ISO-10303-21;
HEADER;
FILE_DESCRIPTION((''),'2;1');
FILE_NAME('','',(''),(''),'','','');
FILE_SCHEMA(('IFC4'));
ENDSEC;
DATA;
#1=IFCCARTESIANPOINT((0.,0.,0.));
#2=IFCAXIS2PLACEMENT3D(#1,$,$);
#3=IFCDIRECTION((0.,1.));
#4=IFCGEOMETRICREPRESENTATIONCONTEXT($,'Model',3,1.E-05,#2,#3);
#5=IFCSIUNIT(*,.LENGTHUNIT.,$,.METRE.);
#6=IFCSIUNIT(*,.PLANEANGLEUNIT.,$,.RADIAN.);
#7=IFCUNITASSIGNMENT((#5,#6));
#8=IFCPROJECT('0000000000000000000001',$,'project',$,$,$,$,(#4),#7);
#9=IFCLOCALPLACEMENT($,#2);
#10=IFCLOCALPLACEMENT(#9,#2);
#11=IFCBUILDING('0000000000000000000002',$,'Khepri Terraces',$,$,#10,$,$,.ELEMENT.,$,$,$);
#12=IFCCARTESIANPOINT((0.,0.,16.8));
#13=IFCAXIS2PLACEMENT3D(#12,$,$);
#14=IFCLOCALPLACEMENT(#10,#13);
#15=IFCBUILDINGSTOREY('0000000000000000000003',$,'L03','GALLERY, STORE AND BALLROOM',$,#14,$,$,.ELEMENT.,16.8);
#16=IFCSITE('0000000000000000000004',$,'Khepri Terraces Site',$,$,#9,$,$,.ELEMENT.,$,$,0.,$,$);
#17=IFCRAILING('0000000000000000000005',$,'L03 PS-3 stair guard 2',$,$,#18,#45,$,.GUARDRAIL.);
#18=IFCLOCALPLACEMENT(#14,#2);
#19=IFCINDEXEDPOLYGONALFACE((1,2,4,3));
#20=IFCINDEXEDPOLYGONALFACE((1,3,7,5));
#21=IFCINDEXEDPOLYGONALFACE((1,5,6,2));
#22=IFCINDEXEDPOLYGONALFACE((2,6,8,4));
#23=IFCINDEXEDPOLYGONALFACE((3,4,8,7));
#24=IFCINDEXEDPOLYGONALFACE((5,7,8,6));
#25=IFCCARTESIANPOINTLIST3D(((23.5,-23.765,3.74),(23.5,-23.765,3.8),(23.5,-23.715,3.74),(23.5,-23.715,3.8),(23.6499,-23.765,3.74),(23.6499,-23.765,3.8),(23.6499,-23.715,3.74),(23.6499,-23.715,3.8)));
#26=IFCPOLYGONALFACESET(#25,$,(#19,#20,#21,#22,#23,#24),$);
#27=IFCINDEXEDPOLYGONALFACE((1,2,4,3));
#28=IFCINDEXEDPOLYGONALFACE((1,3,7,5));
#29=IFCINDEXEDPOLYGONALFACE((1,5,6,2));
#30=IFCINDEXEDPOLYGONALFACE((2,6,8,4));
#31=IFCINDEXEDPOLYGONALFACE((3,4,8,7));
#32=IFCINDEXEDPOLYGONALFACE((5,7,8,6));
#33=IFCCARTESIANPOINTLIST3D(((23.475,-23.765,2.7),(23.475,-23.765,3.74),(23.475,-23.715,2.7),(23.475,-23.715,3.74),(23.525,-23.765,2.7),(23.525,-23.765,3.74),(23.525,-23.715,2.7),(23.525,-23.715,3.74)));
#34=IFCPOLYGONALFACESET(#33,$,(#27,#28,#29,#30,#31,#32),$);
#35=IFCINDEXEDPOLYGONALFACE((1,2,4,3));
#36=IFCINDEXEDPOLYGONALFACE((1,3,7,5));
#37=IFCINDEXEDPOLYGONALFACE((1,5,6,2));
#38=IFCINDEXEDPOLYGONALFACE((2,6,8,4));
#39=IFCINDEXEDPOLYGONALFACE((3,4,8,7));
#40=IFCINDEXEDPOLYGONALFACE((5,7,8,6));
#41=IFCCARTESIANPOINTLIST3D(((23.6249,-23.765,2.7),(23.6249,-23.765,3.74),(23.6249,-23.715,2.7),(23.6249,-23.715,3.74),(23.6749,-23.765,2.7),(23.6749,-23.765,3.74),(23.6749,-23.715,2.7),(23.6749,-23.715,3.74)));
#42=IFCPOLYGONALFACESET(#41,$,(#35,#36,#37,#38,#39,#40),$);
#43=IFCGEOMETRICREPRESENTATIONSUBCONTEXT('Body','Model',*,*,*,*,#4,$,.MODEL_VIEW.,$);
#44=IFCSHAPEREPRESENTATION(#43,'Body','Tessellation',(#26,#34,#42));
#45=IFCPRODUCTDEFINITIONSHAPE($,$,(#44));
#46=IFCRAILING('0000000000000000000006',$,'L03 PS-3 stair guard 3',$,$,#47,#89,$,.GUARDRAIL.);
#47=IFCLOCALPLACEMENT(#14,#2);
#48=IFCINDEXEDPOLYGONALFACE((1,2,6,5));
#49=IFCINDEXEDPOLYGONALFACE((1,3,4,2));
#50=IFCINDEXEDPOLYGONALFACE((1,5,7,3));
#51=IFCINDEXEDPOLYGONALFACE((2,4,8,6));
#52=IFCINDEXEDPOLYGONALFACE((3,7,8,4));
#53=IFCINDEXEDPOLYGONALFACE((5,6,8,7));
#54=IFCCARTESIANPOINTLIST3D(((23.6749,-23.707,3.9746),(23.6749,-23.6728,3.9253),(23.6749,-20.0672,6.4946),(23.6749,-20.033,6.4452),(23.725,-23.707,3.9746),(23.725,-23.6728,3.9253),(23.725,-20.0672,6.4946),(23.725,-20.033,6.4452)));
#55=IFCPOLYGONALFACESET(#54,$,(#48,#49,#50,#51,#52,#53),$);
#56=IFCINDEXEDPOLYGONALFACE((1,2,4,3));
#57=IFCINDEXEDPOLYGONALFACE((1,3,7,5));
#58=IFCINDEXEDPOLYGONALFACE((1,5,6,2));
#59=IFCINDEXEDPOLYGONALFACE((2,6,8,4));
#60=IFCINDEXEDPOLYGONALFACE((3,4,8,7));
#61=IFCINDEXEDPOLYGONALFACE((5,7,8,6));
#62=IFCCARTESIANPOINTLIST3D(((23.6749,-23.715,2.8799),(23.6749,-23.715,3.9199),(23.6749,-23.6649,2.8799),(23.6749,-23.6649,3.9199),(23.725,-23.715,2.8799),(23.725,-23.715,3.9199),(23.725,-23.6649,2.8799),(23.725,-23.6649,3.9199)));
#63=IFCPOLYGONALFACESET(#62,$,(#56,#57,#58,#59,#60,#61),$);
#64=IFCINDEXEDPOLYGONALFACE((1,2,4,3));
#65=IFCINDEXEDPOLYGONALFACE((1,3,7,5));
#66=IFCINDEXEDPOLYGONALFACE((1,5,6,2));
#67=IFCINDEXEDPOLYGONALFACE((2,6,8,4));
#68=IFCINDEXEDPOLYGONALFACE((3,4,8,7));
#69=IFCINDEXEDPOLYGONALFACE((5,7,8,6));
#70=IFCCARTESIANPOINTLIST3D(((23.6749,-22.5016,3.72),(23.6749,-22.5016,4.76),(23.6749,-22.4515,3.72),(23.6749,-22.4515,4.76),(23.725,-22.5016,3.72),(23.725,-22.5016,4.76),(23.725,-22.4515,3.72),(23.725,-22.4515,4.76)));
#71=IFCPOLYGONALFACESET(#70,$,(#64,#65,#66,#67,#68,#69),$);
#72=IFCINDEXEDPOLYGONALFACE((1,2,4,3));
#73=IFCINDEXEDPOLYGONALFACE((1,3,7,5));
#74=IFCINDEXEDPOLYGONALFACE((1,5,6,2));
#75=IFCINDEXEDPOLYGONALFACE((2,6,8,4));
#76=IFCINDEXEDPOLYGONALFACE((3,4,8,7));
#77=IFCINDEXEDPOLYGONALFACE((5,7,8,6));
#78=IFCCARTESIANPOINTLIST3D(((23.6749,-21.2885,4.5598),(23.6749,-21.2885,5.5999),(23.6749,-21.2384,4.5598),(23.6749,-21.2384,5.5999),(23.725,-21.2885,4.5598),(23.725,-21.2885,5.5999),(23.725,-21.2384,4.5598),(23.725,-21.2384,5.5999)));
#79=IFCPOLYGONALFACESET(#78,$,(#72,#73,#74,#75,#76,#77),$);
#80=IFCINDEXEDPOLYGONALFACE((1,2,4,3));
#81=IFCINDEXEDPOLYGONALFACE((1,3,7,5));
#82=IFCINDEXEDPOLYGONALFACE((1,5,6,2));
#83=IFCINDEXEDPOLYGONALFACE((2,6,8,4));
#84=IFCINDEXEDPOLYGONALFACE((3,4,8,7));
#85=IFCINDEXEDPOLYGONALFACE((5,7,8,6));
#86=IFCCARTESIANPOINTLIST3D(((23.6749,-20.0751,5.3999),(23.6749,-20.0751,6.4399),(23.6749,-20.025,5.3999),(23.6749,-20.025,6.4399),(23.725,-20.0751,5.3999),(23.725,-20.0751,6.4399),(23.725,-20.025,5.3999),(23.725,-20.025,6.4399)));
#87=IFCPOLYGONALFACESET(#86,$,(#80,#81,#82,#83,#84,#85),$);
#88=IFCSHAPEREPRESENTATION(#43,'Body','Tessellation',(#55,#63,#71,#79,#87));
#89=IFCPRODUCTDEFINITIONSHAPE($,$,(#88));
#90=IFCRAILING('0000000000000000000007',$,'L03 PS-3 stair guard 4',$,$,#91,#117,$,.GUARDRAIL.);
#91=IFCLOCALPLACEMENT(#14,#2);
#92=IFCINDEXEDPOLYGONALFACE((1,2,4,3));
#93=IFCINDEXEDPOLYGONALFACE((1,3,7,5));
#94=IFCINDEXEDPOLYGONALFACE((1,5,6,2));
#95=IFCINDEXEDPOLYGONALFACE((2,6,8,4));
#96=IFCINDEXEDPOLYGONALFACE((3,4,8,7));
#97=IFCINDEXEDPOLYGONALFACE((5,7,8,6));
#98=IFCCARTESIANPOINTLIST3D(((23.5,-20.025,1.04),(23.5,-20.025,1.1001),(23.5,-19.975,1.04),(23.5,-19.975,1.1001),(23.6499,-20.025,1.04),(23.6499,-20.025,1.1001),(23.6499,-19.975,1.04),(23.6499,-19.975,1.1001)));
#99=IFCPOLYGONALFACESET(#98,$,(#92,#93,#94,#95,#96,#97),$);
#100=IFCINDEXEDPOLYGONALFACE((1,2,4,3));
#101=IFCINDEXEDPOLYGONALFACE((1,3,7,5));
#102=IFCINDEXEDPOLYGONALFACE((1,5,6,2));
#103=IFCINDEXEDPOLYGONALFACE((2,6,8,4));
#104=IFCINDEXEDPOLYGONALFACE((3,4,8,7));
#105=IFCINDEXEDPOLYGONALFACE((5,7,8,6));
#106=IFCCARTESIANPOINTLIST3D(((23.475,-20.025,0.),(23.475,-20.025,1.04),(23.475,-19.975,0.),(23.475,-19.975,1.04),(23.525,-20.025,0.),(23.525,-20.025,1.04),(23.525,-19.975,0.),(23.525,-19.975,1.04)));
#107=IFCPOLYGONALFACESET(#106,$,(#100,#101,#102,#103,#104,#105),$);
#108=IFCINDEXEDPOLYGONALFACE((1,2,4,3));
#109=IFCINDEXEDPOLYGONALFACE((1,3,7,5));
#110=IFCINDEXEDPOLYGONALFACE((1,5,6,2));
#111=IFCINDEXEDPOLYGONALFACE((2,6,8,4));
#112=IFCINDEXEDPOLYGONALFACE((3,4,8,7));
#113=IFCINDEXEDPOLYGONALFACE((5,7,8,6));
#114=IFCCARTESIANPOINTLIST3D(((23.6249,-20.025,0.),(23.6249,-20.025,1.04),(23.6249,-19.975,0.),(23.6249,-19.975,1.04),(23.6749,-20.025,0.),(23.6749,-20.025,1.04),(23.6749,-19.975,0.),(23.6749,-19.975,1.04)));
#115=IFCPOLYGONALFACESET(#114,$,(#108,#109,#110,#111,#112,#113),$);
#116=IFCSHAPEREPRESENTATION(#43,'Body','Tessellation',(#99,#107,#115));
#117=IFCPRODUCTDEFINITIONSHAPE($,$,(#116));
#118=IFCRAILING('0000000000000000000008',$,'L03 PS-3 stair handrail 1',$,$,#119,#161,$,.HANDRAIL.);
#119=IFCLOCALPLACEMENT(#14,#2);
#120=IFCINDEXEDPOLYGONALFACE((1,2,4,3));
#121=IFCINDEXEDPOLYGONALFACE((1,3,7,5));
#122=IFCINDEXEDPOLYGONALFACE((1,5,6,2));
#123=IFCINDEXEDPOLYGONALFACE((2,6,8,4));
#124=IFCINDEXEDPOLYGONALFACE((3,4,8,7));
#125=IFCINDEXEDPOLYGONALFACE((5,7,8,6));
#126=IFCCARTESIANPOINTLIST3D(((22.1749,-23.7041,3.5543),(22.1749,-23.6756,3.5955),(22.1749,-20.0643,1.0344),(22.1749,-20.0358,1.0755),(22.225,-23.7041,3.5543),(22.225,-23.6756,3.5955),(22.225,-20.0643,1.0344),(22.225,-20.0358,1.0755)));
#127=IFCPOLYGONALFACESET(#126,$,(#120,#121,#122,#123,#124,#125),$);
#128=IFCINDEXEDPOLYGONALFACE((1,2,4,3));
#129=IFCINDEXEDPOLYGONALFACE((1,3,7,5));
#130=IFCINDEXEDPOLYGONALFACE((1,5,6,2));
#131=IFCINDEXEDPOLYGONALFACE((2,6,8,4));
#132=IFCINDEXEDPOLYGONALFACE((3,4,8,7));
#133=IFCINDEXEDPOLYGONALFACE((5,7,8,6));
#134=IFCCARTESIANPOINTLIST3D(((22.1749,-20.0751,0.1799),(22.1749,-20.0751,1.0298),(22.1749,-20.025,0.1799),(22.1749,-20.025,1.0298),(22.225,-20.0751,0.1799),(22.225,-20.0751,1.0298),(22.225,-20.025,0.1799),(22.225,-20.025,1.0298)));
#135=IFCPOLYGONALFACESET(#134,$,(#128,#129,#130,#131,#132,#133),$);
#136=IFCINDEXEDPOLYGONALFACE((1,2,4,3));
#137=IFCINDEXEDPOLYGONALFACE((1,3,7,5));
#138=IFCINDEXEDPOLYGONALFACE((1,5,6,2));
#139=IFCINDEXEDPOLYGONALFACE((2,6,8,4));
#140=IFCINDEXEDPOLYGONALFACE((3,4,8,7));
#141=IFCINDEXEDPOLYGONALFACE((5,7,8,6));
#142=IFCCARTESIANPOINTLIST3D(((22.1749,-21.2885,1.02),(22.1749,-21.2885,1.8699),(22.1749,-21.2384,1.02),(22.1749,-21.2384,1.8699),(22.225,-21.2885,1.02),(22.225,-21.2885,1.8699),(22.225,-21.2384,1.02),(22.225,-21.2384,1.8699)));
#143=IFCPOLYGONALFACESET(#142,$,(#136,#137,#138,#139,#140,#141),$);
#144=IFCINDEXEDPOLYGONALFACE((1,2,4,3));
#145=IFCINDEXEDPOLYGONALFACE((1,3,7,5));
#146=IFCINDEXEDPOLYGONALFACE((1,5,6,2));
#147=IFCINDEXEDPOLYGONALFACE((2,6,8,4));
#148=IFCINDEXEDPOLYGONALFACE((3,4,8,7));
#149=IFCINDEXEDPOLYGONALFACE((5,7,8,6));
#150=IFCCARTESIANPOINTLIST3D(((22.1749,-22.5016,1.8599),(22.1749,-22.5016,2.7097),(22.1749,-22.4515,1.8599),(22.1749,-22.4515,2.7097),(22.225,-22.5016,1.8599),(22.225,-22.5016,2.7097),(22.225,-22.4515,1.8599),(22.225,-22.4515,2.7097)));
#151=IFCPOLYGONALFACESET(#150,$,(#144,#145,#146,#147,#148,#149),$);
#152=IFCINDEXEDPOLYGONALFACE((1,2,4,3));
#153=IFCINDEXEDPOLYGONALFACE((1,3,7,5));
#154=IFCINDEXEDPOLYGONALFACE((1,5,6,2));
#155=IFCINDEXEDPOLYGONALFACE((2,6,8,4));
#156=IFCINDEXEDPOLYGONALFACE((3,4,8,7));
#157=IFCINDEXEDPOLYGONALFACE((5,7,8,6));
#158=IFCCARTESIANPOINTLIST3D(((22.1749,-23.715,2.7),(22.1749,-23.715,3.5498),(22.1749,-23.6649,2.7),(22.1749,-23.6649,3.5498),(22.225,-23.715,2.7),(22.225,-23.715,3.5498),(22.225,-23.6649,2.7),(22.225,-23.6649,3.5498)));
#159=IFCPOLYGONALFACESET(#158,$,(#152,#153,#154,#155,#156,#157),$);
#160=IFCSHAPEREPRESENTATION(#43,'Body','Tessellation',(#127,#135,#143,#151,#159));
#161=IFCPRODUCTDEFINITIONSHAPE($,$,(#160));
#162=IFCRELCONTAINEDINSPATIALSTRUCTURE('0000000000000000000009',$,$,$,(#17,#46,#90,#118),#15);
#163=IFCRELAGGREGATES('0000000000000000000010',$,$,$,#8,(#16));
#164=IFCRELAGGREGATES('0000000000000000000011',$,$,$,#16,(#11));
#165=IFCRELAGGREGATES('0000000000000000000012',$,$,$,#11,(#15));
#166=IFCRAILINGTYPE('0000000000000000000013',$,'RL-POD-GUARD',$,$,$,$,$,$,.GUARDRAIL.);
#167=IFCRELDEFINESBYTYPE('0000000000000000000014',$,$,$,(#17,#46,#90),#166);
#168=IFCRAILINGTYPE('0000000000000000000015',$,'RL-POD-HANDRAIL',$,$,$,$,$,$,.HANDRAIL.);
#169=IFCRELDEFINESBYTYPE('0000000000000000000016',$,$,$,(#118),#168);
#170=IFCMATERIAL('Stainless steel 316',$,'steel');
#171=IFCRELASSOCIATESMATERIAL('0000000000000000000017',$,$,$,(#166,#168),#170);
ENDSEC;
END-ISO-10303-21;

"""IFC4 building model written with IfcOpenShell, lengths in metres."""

from ifc_helpers import new_model, si_unit, direction, frame, origin, origin_2d, place, context, subcontext, project, spatial, rectangle, extrude, material, type_object, element, save


model = new_model("IFC4")

# Units and contexts
model_context = context("Model", 3, precision=1e-05, world=origin(), true_north=direction((0.0, 1.0)))
body_context = subcontext(model_context, "Body", "Model", "MODEL_VIEW")
ifc_project = project(units=[si_unit("LENGTHUNIT", "METRE"), si_unit("PLANEANGLEUNIT", "RADIAN")], contexts=[model_context])

# Site, building, storey
site_placement = place(None, origin())
site = spatial("IfcSite", under=ifc_project, at=site_placement, Name="Khepri Terraces Site", CompositionType="ELEMENT", RefElevation=0.0)
building_placement = place(site_placement, origin())
building = spatial("IfcBuilding", under=site, at=building_placement, Name="Khepri Terraces", CompositionType="ELEMENT")
storey_placement = place(building_placement, frame((0.0, 0.0, 16.8)))
storey = spatial("IfcBuildingStorey", under=building, at=storey_placement, Name="L03", Description="GALLERY, STORE AND BALLROOM", CompositionType="ELEMENT", Elevation=16.8)

# Railings
ifc_material_1 = material(Name="Stainless steel 316", Category="steel")
railing_type_1 = type_object("IfcRailingType", Name="RL-POD-GUARD", PredefinedType="GUARDRAIL", material=ifc_material_1)
railing_1_placement = place(storey_placement, frame((23.5, -23.74, 2.7)))
element("IfcRailing", 1, at=railing_1_placement, inside=storey, type_object=railing_type_1, Name="L03 PS-3 stair guard 2", PredefinedType="GUARDRAIL", context=body_context, shape_type="SweptSolid", body=[
    extrude(rectangle(XDim=0.05, YDim=0.0601, at=origin_2d()), frame((0.0, 0.0, 1.0701), z_axis=(1.0, 0.0, 0.0), x_axis=(0.0, 1.0, 0.0)), (0.0, 0.0, 1.0), 0.1499),
    extrude(rectangle(XDim=0.05, YDim=0.05, at=origin_2d()), origin(), (0.0, 0.0, 1.0), 1.04),
    extrude(rectangle(XDim=0.05, YDim=0.05, at=origin_2d()), frame((0.1499, 0.0, 0.0)), (0.0, 0.0, 1.0), 1.04),
])
railing_2_placement = place(storey_placement, frame((23.7, -23.6899, 2.8799)))
element("IfcRailing", 2, at=railing_2_placement, inside=storey, type_object=railing_type_1, Name="L03 PS-3 stair guard 3", PredefinedType="GUARDRAIL", context=body_context, shape_type="SweptSolid", body=[
    extrude(rectangle(XDim=0.05, YDim=0.0601, at=origin_2d()), frame((0.0, 0.0, 1.0701), z_axis=(0.0, 0.822182, 0.569224), x_axis=(-1.0, 0.0, 0.0)), (0.0, 0.0, 1.0), 4.427),
    extrude(rectangle(XDim=0.05, YDim=0.05, at=origin_2d()), origin(), (0.0, 0.0, 1.0), 1.04),
    extrude(rectangle(XDim=0.05, YDim=0.05, at=origin_2d()), frame((0.0, 1.2134, 0.8401)), (0.0, 0.0, 1.0), 1.04),
    extrude(rectangle(XDim=0.05, YDim=0.05, at=origin_2d()), frame((0.0, 2.4265, 1.6799)), (0.0, 0.0, 1.0), 1.04),
    extrude(rectangle(XDim=0.05, YDim=0.05, at=origin_2d()), frame((0.0, 3.6399, 2.52)), (0.0, 0.0, 1.0), 1.04),
])
railing_3_placement = place(storey_placement, frame((23.5, -20.0, 0.0)))
element("IfcRailing", 3, at=railing_3_placement, inside=storey, type_object=railing_type_1, Name="L03 PS-3 stair guard 4", PredefinedType="GUARDRAIL", context=body_context, shape_type="SweptSolid", body=[
    extrude(rectangle(XDim=0.05, YDim=0.0601, at=origin_2d()), frame((0.0, 0.0, 1.0701), z_axis=(1.0, 0.0, 0.0), x_axis=(0.0, 1.0, 0.0)), (0.0, 0.0, 1.0), 0.1499),
    extrude(rectangle(XDim=0.05, YDim=0.05, at=origin_2d()), origin(), (0.0, 0.0, 1.0), 1.04),
    extrude(rectangle(XDim=0.05, YDim=0.05, at=origin_2d()), frame((0.1499, 0.0, 0.0)), (0.0, 0.0, 1.0), 1.04),
])
railing_type_2 = type_object("IfcRailingType", Name="RL-POD-HANDRAIL", PredefinedType="HANDRAIL", material=ifc_material_1)
railing_4_placement = place(storey_placement, frame((22.2, -20.05, 0.1799)))
element("IfcRailing", 4, at=railing_4_placement, inside=storey, type_object=railing_type_2, Name="L03 PS-3 stair handrail 1", PredefinedType="HANDRAIL", context=body_context, shape_type="SweptSolid", body=[
    extrude(rectangle(XDim=0.05, YDim=0.05, at=origin_2d()), frame((0.0, 0.0, 0.875), z_axis=(0.0, -0.822182, 0.569224), x_axis=(1.0, 0.0, 0.0)), (0.0, 0.0, 1.0), 4.427),
    extrude(rectangle(XDim=0.05, YDim=0.05, at=origin_2d()), origin(), (0.0, 0.0, 1.0), 0.8499),
    extrude(rectangle(XDim=0.05, YDim=0.05, at=origin_2d()), frame((0.0, -1.2134, 0.8401)), (0.0, 0.0, 1.0), 0.8499),
    extrude(rectangle(XDim=0.05, YDim=0.05, at=origin_2d()), frame((0.0, -2.4265, 1.6799)), (0.0, 0.0, 1.0), 0.8499),
    extrude(rectangle(XDim=0.05, YDim=0.05, at=origin_2d()), frame((0.0, -3.6399, 2.52)), (0.0, 0.0, 1.0), 0.8499),
])

save(model, "model.ifc")
